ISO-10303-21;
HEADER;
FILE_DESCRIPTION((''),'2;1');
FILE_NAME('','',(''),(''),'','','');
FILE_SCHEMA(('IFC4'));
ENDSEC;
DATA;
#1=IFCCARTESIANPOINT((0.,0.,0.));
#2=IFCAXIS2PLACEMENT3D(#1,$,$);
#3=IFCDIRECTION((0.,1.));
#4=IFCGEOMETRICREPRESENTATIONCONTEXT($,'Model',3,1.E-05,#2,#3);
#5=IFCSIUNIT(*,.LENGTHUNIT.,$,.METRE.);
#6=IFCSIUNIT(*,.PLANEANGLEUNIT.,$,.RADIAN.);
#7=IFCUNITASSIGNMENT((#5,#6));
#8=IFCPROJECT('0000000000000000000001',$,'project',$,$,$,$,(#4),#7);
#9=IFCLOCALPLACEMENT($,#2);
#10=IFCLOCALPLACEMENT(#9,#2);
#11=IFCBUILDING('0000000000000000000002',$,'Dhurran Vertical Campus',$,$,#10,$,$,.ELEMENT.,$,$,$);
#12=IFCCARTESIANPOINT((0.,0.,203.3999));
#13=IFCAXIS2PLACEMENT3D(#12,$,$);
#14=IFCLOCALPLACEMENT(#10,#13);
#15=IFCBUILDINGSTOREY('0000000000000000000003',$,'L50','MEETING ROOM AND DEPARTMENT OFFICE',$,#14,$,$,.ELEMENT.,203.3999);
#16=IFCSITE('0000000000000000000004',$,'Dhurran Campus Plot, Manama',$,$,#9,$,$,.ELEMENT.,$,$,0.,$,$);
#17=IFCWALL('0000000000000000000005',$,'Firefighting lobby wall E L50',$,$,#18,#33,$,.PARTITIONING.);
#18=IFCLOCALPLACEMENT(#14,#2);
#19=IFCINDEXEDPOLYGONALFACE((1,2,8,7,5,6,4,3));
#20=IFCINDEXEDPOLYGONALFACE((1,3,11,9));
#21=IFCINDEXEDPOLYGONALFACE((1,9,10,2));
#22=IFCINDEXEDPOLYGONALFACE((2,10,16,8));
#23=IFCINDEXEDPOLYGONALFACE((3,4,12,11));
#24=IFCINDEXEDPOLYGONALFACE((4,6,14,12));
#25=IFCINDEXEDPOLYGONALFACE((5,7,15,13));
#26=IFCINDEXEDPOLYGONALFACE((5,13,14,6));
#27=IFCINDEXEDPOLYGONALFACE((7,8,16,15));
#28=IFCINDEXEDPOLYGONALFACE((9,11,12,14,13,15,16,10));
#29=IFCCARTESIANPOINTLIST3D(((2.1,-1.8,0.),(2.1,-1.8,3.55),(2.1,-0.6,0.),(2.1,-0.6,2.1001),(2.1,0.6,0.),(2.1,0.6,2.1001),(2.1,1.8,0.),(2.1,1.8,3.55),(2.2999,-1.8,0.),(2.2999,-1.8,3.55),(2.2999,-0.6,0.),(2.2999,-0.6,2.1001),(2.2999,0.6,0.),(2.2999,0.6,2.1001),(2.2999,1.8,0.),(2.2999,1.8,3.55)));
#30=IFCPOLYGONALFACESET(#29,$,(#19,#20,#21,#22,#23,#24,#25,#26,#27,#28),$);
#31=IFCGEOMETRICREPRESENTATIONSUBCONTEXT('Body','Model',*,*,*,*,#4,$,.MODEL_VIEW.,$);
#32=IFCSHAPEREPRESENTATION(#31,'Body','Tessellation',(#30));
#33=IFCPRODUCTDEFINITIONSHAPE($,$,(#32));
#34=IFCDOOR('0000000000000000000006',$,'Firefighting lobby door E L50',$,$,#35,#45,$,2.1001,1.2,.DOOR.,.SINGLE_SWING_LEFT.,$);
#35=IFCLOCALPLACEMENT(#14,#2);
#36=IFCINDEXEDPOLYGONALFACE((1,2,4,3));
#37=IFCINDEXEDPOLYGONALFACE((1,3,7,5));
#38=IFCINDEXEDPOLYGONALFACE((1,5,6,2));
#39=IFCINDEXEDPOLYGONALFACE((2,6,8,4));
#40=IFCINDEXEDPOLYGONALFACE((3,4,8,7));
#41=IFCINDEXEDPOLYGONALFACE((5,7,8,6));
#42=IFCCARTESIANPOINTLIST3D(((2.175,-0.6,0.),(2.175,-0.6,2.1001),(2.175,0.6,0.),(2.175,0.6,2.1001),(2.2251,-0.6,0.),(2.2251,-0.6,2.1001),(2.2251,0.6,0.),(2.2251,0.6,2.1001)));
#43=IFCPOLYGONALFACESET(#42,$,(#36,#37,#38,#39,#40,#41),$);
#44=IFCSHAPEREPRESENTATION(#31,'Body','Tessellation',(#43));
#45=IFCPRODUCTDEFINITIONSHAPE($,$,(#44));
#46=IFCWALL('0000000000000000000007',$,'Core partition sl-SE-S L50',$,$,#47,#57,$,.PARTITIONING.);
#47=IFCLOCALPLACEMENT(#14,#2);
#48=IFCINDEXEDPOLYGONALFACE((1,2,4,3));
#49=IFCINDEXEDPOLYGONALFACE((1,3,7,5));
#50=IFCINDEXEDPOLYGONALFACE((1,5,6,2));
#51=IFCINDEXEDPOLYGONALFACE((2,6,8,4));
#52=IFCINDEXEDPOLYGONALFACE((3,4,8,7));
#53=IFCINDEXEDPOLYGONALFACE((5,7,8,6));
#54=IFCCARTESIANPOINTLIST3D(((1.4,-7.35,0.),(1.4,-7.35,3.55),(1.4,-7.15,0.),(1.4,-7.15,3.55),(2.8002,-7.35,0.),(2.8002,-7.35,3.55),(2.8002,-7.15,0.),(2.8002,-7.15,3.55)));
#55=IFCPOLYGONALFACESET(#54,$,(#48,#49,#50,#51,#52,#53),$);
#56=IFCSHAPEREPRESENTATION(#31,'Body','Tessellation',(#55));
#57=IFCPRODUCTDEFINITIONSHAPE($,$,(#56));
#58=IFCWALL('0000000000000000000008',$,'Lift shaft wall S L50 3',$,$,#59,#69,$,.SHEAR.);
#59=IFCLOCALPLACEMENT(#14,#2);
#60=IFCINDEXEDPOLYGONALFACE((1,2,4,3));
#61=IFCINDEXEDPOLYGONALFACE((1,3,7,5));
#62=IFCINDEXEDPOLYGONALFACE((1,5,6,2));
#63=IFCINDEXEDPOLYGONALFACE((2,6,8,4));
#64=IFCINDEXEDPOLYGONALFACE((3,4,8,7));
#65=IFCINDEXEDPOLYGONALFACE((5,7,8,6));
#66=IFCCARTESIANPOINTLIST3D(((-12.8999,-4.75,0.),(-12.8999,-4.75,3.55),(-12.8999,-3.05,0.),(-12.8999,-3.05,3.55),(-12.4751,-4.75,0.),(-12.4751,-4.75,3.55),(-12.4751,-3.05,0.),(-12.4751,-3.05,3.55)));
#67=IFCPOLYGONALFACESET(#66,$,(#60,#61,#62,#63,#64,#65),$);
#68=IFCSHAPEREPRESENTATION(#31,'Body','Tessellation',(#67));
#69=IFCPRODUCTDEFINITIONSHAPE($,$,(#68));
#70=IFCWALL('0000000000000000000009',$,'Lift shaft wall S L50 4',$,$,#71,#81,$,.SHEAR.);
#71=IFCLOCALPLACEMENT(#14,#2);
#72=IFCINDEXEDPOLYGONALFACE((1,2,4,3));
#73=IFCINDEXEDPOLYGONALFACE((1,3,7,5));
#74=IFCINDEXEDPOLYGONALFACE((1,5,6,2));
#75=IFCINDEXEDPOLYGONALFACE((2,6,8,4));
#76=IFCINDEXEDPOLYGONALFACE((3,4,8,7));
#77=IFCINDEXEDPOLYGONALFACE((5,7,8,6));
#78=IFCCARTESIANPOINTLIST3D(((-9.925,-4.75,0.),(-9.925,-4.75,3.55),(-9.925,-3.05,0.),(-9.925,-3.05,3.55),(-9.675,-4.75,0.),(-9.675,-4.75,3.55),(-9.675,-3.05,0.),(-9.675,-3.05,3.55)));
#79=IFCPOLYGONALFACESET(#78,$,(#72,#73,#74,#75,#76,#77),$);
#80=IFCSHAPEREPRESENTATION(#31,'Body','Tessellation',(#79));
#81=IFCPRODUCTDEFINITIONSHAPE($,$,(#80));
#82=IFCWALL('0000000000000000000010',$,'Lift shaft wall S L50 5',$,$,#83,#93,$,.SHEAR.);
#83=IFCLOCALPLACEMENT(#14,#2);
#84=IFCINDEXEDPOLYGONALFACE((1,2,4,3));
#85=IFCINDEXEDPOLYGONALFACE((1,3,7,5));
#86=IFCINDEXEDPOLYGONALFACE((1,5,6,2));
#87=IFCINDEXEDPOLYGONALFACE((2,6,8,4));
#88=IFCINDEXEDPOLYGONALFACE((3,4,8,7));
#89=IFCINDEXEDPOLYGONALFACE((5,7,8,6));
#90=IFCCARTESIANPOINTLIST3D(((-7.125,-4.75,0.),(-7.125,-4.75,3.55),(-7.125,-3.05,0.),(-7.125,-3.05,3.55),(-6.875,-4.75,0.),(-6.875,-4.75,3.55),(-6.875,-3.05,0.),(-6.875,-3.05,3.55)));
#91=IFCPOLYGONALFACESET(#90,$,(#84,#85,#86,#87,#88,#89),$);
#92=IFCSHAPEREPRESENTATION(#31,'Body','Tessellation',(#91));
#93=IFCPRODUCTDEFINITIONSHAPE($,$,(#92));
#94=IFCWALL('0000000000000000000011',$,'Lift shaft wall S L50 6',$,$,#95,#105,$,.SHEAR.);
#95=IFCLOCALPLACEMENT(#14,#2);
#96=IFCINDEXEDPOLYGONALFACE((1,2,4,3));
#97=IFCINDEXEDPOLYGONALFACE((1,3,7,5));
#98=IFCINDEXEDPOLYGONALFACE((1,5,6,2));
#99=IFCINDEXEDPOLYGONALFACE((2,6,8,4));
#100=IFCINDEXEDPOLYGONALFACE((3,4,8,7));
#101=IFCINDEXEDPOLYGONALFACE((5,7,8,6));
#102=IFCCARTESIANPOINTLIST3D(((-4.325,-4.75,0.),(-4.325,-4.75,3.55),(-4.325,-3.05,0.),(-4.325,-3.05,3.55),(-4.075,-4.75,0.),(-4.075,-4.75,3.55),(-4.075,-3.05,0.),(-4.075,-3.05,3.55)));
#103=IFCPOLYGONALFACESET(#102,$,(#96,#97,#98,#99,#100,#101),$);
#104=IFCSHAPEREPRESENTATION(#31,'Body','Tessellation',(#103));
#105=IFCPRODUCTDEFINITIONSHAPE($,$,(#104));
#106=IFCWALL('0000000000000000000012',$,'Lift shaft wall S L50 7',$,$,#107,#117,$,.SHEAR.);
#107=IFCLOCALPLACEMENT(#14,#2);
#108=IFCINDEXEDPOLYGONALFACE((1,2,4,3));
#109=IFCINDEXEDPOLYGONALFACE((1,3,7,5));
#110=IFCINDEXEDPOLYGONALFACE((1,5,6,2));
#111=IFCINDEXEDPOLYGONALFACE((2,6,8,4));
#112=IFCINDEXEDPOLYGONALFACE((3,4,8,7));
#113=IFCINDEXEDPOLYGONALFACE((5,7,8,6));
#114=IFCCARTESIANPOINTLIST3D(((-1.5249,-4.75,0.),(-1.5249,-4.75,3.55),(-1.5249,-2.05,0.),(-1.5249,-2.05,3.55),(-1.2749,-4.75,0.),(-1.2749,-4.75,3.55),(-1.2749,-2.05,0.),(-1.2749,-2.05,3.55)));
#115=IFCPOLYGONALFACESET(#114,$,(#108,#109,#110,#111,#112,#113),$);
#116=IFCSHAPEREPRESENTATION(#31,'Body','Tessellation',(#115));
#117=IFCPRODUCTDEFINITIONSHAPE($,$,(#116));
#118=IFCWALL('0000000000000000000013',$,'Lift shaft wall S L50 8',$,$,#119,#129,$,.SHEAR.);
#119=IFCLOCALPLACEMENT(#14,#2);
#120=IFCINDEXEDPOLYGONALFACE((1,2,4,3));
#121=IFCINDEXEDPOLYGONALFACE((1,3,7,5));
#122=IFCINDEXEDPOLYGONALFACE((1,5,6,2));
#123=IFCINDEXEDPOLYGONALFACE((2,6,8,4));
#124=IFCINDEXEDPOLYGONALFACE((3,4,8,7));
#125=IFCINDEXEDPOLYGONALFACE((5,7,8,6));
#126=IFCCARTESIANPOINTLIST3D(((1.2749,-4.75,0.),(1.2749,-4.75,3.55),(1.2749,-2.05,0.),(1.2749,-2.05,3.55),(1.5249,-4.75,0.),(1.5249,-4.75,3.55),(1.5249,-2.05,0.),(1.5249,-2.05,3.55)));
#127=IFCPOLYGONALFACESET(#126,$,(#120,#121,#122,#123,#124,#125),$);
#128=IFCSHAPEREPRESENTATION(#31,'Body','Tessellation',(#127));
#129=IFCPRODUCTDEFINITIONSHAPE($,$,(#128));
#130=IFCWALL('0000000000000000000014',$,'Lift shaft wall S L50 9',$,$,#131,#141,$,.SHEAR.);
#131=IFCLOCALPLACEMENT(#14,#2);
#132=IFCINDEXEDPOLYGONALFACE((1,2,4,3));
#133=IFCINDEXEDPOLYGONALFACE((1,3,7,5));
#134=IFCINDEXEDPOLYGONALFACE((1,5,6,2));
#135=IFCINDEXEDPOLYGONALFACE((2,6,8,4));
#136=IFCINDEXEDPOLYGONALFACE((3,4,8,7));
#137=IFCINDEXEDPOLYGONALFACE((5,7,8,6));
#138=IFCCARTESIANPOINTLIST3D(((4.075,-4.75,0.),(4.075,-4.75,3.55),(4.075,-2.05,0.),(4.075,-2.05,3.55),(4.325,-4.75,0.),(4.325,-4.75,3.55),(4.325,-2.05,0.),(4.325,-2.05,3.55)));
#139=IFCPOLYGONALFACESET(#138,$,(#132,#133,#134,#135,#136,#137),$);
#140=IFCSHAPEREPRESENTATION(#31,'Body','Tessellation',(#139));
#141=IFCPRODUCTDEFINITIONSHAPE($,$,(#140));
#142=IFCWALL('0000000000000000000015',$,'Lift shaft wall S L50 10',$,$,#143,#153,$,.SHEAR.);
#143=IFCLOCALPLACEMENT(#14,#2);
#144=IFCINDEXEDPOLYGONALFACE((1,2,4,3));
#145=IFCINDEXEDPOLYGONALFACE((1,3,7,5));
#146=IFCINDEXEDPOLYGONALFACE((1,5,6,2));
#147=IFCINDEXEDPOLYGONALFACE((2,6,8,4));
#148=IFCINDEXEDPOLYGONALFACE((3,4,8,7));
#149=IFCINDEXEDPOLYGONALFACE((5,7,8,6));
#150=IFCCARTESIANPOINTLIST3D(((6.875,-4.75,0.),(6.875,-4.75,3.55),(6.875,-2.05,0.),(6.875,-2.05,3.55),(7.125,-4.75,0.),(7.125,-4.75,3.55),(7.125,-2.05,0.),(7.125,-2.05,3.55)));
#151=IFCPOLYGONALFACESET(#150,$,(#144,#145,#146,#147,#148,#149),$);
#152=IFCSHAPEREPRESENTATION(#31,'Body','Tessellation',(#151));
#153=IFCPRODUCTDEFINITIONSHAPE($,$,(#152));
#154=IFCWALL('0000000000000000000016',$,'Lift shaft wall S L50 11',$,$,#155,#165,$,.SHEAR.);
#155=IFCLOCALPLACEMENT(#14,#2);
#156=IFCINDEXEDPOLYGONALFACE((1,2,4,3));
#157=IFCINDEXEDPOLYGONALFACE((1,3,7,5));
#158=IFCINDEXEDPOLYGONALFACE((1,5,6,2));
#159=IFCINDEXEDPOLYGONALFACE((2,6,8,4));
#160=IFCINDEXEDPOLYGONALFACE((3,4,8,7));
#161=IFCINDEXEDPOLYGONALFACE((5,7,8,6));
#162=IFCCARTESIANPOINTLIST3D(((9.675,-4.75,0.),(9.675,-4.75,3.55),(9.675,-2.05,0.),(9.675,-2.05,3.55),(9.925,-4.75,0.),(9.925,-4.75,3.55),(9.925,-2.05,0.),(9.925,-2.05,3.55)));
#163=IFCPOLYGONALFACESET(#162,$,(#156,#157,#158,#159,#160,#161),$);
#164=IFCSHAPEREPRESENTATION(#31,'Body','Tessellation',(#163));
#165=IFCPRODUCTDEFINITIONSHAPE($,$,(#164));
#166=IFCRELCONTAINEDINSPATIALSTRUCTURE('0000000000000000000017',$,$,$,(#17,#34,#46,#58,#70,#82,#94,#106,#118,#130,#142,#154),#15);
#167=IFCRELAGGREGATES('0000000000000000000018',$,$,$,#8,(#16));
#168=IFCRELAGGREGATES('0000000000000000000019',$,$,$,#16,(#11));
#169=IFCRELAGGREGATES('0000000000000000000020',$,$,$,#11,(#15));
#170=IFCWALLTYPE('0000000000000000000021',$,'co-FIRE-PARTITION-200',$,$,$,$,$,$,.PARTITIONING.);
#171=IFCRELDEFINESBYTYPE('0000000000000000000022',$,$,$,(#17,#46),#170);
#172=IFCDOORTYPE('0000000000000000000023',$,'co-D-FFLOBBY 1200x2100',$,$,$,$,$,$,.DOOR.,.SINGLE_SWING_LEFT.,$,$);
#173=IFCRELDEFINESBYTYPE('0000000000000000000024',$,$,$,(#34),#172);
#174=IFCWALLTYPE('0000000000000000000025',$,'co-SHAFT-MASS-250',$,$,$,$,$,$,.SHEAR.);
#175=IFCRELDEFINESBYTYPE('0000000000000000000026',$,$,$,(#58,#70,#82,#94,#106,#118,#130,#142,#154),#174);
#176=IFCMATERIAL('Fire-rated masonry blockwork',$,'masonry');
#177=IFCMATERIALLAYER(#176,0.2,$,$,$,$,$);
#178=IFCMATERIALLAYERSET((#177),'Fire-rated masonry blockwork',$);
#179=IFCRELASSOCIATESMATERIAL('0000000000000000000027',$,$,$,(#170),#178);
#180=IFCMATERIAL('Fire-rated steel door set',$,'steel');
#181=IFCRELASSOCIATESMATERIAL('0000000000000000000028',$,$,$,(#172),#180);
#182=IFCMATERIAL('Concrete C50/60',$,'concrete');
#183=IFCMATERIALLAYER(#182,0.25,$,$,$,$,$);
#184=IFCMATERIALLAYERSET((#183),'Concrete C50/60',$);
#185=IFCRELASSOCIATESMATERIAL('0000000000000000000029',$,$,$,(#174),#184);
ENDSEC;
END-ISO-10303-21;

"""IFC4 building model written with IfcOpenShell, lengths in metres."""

from ifc_helpers import new_model, si_unit, direction, frame, frame_2d, origin, place, context, subcontext, project, spatial, polyline, rectangle, outline, extrude, material, layer, layer_set, type_object, element, fill, save


model = new_model("IFC4")

# Units and contexts
model_context = context("Model", 3, precision=1e-05, world=origin(), true_north=direction((0.0, 1.0)))
body_context = subcontext(model_context, "Body", "Model", "MODEL_VIEW")
ifc_project = project(units=[si_unit("LENGTHUNIT", "METRE"), si_unit("PLANEANGLEUNIT", "RADIAN")], contexts=[model_context])

# Site, building, storey
site_placement = place(None, origin())
site = spatial("IfcSite", under=ifc_project, at=site_placement, Name="Dhurran Campus Plot, Manama", CompositionType="ELEMENT", RefElevation=0.0)
building_placement = place(site_placement, origin())
building = spatial("IfcBuilding", under=site, at=building_placement, Name="Dhurran Vertical Campus", CompositionType="ELEMENT")
storey_placement = place(building_placement, frame((0.0, 0.0, 203.3999)))
storey = spatial("IfcBuildingStorey", under=building, at=storey_placement, Name="L50", Description="MEETING ROOM AND DEPARTMENT OFFICE", CompositionType="ELEMENT", Elevation=203.3999)

# Wall, opening, door
ifc_material_1 = material(Name="Fire-rated masonry blockwork", Category="masonry")
ifc_layer_1 = layer(ifc_material_1, 0.2)
ifc_layer_set_1 = layer_set([ifc_layer_1], Name="Fire-rated masonry blockwork")
wall_type_1 = type_object("IfcWallType", Name="co-FIRE-PARTITION-200", PredefinedType="PARTITIONING", material=ifc_layer_set_1)
wall_1_placement = place(storey_placement, frame((2.2, -1.8, 0.0), z_axis=(0.0, 0.0, 1.0), x_axis=(0.0, 1.0, 0.0)))
wall_1 = element("IfcWall", 1, at=wall_1_placement, inside=storey, type_object=wall_type_1, Name="Firefighting lobby wall E L50", PredefinedType="PARTITIONING", context=body_context, shape_type="SweptSolid", body=[
    extrude(rectangle(XDim=3.6001, YDim=0.2, at=frame_2d((1.8, 0.0))), origin(), (0.0, 0.0, 1.0), 3.55),
])
opening_1_placement = place(wall_1_placement, frame((1.2, 0.0, 0.0)))
opening_1 = element("IfcOpeningElement", 2, at=opening_1_placement, cuts=wall_1, PredefinedType="OPENING", context=body_context, shape_type="SweptSolid", body=[
    extrude(rectangle(XDim=1.2, YDim=2.1001, at=frame_2d((0.6001, 1.05))), frame((0.0, 0.1099, 0.0), z_axis=(0.0, -1.0, 0.0), x_axis=(1.0, 0.0, 0.0)), (0.0, 0.0, 1.0), 0.22),
])
ifc_material_2 = material(Name="Fire-rated steel door set", Category="steel")
door_type_1 = type_object("IfcDoorType", Name="co-D-FFLOBBY 1200x2100", OperationType="SINGLE_SWING_LEFT", PredefinedType="DOOR", material=ifc_material_2)
door_1_placement = place(opening_1_placement, origin())
door_1 = element("IfcDoor", 3, at=door_1_placement, inside=storey, type_object=door_type_1, Name="Firefighting lobby door E L50", OperationType="SINGLE_SWING_LEFT", OverallHeight=2.1001, OverallWidth=1.2, PredefinedType="DOOR", context=body_context, shape_type="SweptSolid", body=[
    extrude(rectangle(XDim=1.2, YDim=2.1001, at=frame_2d((0.6001, 1.05))), frame((0.0, 0.0249, 0.0), z_axis=(0.0, -1.0, 0.0), x_axis=(1.0, 0.0, 0.0)), (0.0, 0.0, 1.0), 0.05),
])
fill(opening_1, door_1)

# Walls
wall_2_placement = place(storey_placement, frame((1.3999, -7.25, 0.0), z_axis=(0.0, 0.0, 1.0), x_axis=(1.0, 0.0, 0.0)))
element("IfcWall", 4, at=wall_2_placement, inside=storey, type_object=wall_type_1, Name="Core partition sl-SE-S L50", PredefinedType="PARTITIONING", context=body_context, shape_type="SweptSolid", body=[
    extrude(rectangle(XDim=1.4001, YDim=0.2, at=frame_2d((0.7002, 0.0))), origin(), (0.0, 0.0, 1.0), 3.55),
])
ifc_material_3 = material(Name="Concrete C50/60", Category="concrete")
ifc_layer_2 = layer(ifc_material_3, 0.25)
ifc_layer_set_2 = layer_set([ifc_layer_2], Name="Concrete C50/60")
wall_type_2 = type_object("IfcWallType", Name="co-SHAFT-MASS-250", PredefinedType="SHEAR", material=ifc_layer_set_2)
wall_3_placement = place(storey_placement, origin())
element("IfcWall", 5, at=wall_3_placement, inside=storey, type_object=wall_type_2, Name="Lift shaft wall S L50 3", PredefinedType="SHEAR", context=body_context, shape_type="SweptSolid", body=[
    extrude(outline(polyline([(-12.8999, -4.75), (-12.4751, -4.75), (-12.4751, -3.05), (-12.8999, -3.05), (-12.8999, -4.75)])), origin(), (0.0, 0.0, 1.0), 3.55),
])
wall_4_placement = place(storey_placement, origin())
element("IfcWall", 6, at=wall_4_placement, inside=storey, type_object=wall_type_2, Name="Lift shaft wall S L50 4", PredefinedType="SHEAR", context=body_context, shape_type="SweptSolid", body=[
    extrude(outline(polyline([(-9.925, -4.75), (-9.675, -4.75), (-9.675, -3.05), (-9.925, -3.05), (-9.925, -4.75)])), origin(), (0.0, 0.0, 1.0), 3.55),
])
wall_5_placement = place(storey_placement, origin())
element("IfcWall", 7, at=wall_5_placement, inside=storey, type_object=wall_type_2, Name="Lift shaft wall S L50 5", PredefinedType="SHEAR", context=body_context, shape_type="SweptSolid", body=[
    extrude(outline(polyline([(-7.125, -4.75), (-6.875, -4.75), (-6.875, -3.05), (-7.125, -3.05), (-7.125, -4.75)])), origin(), (0.0, 0.0, 1.0), 3.55),
])
wall_6_placement = place(storey_placement, origin())
element("IfcWall", 8, at=wall_6_placement, inside=storey, type_object=wall_type_2, Name="Lift shaft wall S L50 6", PredefinedType="SHEAR", context=body_context, shape_type="SweptSolid", body=[
    extrude(outline(polyline([(-4.325, -4.75), (-4.075, -4.75), (-4.075, -3.05), (-4.325, -3.05), (-4.325, -4.75)])), origin(), (0.0, 0.0, 1.0), 3.55),
])
wall_7_placement = place(storey_placement, origin())
element("IfcWall", 9, at=wall_7_placement, inside=storey, type_object=wall_type_2, Name="Lift shaft wall S L50 7", PredefinedType="SHEAR", context=body_context, shape_type="SweptSolid", body=[
    extrude(outline(polyline([(-1.5249, -4.75), (-1.2749, -4.75), (-1.2749, -2.05), (-1.5249, -2.05), (-1.5249, -4.75)])), origin(), (0.0, 0.0, 1.0), 3.55),
])
wall_8_placement = place(storey_placement, origin())
element("IfcWall", 10, at=wall_8_placement, inside=storey, type_object=wall_type_2, Name="Lift shaft wall S L50 8", PredefinedType="SHEAR", context=body_context, shape_type="SweptSolid", body=[
    extrude(outline(polyline([(1.2749, -4.75), (1.5249, -4.75), (1.5249, -2.05), (1.2749, -2.05), (1.2749, -4.75)])), origin(), (0.0, 0.0, 1.0), 3.55),
])
wall_9_placement = place(storey_placement, origin())
element("IfcWall", 11, at=wall_9_placement, inside=storey, type_object=wall_type_2, Name="Lift shaft wall S L50 9", PredefinedType="SHEAR", context=body_context, shape_type="SweptSolid", body=[
    extrude(outline(polyline([(4.075, -4.75), (4.325, -4.75), (4.325, -2.05), (4.075, -2.05), (4.075, -4.75)])), origin(), (0.0, 0.0, 1.0), 3.55),
])
wall_10_placement = place(storey_placement, origin())
element("IfcWall", 12, at=wall_10_placement, inside=storey, type_object=wall_type_2, Name="Lift shaft wall S L50 10", PredefinedType="SHEAR", context=body_context, shape_type="SweptSolid", body=[
    extrude(outline(polyline([(6.875, -4.75), (7.125, -4.75), (7.125, -2.05), (6.875, -2.05), (6.875, -4.75)])), origin(), (0.0, 0.0, 1.0), 3.55),
])
wall_11_placement = place(storey_placement, origin())
element("IfcWall", 13, at=wall_11_placement, inside=storey, type_object=wall_type_2, Name="Lift shaft wall S L50 11", PredefinedType="SHEAR", context=body_context, shape_type="SweptSolid", body=[
    extrude(outline(polyline([(9.675, -4.75), (9.925, -4.75), (9.925, -2.05), (9.675, -2.05), (9.675, -4.75)])), origin(), (0.0, 0.0, 1.0), 3.55),
])

save(model, "model.ifc")
